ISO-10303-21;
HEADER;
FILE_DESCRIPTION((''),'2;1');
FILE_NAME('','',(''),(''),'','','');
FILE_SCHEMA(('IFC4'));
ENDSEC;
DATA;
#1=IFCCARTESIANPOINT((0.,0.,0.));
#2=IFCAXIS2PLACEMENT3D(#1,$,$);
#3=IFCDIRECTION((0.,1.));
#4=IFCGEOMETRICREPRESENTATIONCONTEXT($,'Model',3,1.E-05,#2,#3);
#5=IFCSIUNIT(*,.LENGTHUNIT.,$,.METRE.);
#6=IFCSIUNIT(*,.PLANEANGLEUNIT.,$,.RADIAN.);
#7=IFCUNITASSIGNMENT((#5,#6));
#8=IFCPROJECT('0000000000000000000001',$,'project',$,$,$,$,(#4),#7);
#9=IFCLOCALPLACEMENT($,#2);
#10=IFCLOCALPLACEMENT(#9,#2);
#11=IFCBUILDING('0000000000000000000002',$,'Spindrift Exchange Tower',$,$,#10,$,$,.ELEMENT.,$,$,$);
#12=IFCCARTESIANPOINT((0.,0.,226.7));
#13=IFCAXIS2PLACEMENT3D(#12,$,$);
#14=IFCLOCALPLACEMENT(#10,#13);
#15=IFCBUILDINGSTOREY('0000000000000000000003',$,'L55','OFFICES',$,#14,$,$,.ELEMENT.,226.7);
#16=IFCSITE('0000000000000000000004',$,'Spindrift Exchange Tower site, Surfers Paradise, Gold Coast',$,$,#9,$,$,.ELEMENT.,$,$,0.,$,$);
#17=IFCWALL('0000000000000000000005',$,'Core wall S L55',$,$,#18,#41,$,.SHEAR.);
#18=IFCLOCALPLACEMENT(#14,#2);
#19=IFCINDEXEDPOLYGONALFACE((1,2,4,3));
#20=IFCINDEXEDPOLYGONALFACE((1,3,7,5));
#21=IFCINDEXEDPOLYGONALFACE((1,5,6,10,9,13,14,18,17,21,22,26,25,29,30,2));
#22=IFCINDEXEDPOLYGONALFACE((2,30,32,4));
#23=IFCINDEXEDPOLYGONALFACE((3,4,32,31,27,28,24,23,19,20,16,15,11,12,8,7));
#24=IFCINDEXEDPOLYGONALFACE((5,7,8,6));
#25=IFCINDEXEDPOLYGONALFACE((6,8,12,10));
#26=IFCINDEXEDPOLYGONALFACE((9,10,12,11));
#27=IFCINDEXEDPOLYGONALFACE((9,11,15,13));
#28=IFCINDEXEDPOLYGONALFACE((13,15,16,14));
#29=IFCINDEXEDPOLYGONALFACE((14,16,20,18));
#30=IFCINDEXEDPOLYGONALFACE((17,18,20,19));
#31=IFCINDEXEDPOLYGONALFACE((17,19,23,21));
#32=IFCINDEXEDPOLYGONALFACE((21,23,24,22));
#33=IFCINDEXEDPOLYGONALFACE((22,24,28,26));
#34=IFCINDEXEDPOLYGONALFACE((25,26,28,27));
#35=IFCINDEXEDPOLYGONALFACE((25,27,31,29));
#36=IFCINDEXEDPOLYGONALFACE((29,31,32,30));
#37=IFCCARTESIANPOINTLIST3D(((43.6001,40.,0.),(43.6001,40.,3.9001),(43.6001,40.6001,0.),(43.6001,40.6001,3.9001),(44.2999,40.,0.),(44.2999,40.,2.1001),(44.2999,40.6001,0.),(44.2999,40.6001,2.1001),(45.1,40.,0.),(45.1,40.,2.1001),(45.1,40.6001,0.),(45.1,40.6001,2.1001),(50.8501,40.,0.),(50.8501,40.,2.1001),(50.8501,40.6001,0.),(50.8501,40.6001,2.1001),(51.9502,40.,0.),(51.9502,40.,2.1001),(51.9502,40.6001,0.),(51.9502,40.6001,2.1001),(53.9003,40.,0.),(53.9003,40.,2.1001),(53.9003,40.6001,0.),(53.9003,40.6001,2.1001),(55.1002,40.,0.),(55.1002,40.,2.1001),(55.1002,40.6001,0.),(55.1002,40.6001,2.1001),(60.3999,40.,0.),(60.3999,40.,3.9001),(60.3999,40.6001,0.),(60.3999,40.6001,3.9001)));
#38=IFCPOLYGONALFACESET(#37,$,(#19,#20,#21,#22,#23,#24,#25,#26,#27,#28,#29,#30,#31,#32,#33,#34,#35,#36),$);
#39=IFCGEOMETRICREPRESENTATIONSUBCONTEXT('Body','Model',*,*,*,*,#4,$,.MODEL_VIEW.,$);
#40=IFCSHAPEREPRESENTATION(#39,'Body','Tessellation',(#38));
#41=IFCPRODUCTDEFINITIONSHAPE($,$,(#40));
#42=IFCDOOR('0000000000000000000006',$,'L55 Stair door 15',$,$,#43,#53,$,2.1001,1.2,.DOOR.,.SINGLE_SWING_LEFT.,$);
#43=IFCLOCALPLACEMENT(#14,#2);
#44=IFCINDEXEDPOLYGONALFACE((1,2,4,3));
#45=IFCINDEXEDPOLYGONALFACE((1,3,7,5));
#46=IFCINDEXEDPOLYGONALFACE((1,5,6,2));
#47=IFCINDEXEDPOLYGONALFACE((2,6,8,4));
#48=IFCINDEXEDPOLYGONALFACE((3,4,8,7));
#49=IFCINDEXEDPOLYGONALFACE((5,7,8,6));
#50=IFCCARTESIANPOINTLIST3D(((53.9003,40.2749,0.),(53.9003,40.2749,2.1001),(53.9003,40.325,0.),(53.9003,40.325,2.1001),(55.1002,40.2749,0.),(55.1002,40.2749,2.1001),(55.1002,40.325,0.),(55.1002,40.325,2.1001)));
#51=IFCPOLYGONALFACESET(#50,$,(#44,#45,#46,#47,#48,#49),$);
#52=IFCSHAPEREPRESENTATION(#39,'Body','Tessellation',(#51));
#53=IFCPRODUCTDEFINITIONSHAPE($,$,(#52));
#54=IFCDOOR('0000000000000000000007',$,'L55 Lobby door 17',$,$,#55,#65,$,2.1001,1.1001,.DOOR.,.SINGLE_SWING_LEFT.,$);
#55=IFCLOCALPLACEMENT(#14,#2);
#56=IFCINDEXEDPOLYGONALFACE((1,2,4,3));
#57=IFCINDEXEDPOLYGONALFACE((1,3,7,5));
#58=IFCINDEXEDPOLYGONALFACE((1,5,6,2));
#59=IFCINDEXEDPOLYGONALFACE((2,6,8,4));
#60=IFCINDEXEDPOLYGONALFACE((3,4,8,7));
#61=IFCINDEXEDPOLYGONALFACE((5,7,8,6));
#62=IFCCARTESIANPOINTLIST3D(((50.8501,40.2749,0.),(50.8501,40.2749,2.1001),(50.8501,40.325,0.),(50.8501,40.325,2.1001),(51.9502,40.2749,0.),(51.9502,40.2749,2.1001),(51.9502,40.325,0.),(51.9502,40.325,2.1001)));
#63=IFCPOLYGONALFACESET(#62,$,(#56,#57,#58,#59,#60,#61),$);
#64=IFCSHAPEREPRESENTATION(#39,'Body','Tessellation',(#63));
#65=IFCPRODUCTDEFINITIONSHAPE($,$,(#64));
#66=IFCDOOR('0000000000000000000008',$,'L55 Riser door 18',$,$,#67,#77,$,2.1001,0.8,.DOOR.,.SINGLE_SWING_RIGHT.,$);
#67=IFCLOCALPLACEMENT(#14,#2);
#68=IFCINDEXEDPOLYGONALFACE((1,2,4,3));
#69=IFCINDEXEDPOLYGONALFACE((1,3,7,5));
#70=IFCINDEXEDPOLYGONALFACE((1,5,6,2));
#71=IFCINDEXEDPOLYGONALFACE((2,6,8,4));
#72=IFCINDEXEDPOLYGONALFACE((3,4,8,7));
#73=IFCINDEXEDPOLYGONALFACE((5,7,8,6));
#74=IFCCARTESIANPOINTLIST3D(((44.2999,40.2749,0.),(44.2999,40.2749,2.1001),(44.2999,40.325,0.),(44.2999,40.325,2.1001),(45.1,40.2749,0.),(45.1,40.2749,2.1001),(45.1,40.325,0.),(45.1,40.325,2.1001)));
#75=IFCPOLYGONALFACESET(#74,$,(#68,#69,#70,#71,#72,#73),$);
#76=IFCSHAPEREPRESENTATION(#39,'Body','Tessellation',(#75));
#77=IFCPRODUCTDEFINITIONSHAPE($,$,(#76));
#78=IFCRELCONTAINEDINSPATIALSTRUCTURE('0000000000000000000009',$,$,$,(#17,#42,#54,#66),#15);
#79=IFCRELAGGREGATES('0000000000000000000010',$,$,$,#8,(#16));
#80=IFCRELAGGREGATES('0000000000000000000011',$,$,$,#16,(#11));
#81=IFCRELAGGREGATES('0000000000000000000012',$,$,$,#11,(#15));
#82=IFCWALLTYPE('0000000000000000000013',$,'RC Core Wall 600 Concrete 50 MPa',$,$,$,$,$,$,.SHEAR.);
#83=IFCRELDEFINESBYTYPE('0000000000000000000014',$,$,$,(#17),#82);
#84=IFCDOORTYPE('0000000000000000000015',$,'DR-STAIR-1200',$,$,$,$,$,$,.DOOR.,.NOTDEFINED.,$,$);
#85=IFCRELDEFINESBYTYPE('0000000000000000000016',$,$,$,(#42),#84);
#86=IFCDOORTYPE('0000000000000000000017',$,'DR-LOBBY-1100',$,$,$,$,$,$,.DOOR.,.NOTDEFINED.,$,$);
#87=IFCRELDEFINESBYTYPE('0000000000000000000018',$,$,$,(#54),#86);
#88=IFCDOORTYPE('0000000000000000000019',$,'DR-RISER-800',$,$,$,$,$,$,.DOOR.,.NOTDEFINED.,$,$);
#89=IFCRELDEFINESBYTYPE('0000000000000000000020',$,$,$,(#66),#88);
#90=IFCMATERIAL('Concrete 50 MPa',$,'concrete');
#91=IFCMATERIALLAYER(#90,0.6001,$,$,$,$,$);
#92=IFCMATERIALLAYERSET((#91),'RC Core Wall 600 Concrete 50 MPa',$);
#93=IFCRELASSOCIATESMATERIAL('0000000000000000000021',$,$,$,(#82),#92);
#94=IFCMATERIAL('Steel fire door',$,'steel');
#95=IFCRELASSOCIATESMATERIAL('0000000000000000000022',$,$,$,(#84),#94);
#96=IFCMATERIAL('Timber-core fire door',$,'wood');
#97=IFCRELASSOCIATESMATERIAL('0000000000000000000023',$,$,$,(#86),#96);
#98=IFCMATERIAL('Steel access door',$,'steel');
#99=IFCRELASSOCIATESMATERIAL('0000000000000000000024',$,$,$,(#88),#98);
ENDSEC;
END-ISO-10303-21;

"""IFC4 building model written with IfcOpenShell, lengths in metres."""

from ifc_helpers import new_model, si_unit, direction, frame, frame_2d, origin, place, context, subcontext, project, spatial, rectangle, extrude, source, transform, mapped, material, layer, layer_set, type_object, element, fill, save


model = new_model("IFC4")

# Units and contexts
model_context = context("Model", 3, precision=1e-05, world=origin(), true_north=direction((0.0, 1.0)))
body_context = subcontext(model_context, "Body", "Model", "MODEL_VIEW")
ifc_project = project(units=[si_unit("LENGTHUNIT", "METRE"), si_unit("PLANEANGLEUNIT", "RADIAN")], contexts=[model_context])

# Site, building, storey
site_placement = place(None, origin())
site = spatial("IfcSite", under=ifc_project, at=site_placement, Name="Spindrift Exchange Tower site, Surfers Paradise, Gold Coast", CompositionType="ELEMENT", RefElevation=0.0)
building_placement = place(site_placement, origin())
building = spatial("IfcBuilding", under=site, at=building_placement, Name="Spindrift Exchange Tower", CompositionType="ELEMENT")
storey_placement = place(building_placement, frame((0.0, 0.0, 226.7)))
storey = spatial("IfcBuildingStorey", under=building, at=storey_placement, Name="L55", Description="OFFICES", CompositionType="ELEMENT", Elevation=226.7)

# Wall, openings, doors
ifc_material_1 = material(Name="Concrete 50 MPa", Category="concrete")
ifc_layer_1 = layer(ifc_material_1, 0.6001)
ifc_layer_set_1 = layer_set([ifc_layer_1], Name="RC Core Wall 600 Concrete 50 MPa")
wall_type_1 = type_object("IfcWallType", Name="RC Core Wall 600 Concrete 50 MPa", PredefinedType="SHEAR", material=ifc_layer_set_1)
wall_1_placement = place(storey_placement, frame((43.6001, 40.3, 0.0), z_axis=(0.0, 0.0, 1.0), x_axis=(1.0, 0.0, 0.0)))
wall_1 = element("IfcWall", 1, at=wall_1_placement, inside=storey, type_object=wall_type_1, Name="Core wall S L55", PredefinedType="SHEAR", context=body_context, shape_type="SweptSolid", body=[
    extrude(rectangle(XDim=16.7998, YDim=0.6001, at=frame_2d((8.3999, 0.0))), origin(), (0.0, 0.0, 1.0), 3.9001),
])
opening_1_placement = place(wall_1_placement, frame((10.3, 0.0, 0.0)))
opening_1 = element("IfcOpeningElement", 2, at=opening_1_placement, cuts=wall_1, PredefinedType="OPENING", context=body_context, shape_type="SweptSolid", body=[
    extrude(rectangle(XDim=1.2, YDim=2.1001, at=frame_2d((0.6001, 1.05))), frame((0.0, 0.3101, 0.0), z_axis=(0.0, -1.0, 0.0), x_axis=(1.0, 0.0, 0.0)), (0.0, 0.0, 1.0), 0.6201),
])
opening_2_placement = place(wall_1_placement, frame((7.25, 0.0, 0.0)))
opening_2 = element("IfcOpeningElement", 3, at=opening_2_placement, cuts=wall_1, PredefinedType="OPENING", context=body_context, shape_type="SweptSolid", body=[
    extrude(rectangle(XDim=1.1001, YDim=2.1001, at=frame_2d((0.55, 1.05))), frame((0.0, 0.3101, 0.0), z_axis=(0.0, -1.0, 0.0), x_axis=(1.0, 0.0, 0.0)), (0.0, 0.0, 1.0), 0.6201),
])
opening_3_placement = place(wall_1_placement, frame((0.7, 0.0, 0.0)))
opening_3 = element("IfcOpeningElement", 4, at=opening_3_placement, cuts=wall_1, PredefinedType="OPENING", context=body_context, shape_type="SweptSolid", body=[
    extrude(rectangle(XDim=0.8, YDim=2.1001, at=frame_2d((0.3999, 1.05))), frame((0.0, 0.3101, 0.0), z_axis=(0.0, -1.0, 0.0), x_axis=(1.0, 0.0, 0.0)), (0.0, 0.0, 1.0), 0.6201),
])
ifc_material_2 = material(Name="Steel fire door", Category="steel")
door_type_1 = type_object("IfcDoorType", Name="DR-STAIR-1200", OperationType="NOTDEFINED", PredefinedType="DOOR", material=ifc_material_2)
shared_shape_1 = source(origin(), body_context, "Body", "SweptSolid", [
    extrude(rectangle(XDim=1.2, YDim=2.1001, at=frame_2d((0.6001, 1.05))), frame((0.0, 0.0249, 0.0), z_axis=(0.0, -1.0, 0.0), x_axis=(1.0, 0.0, 0.0)), (0.0, 0.0, 1.0), 0.05),
])
door_1_placement = place(opening_1_placement, origin())
door_1 = element("IfcDoor", 5, at=door_1_placement, inside=storey, type_object=door_type_1, Name="L55 Stair door 15", OperationType="SINGLE_SWING_LEFT", OverallHeight=2.1001, OverallWidth=1.2, PredefinedType="DOOR", context=body_context, shape_type="MappedRepresentation", body=[
    mapped(shared_shape_1, transform((0.0, 0.0, 0.0), scale=1.0)),
])
fill(opening_1, door_1)
ifc_material_3 = material(Name="Timber-core fire door", Category="wood")
door_type_2 = type_object("IfcDoorType", Name="DR-LOBBY-1100", OperationType="NOTDEFINED", PredefinedType="DOOR", material=ifc_material_3)
shared_shape_2 = source(origin(), body_context, "Body", "SweptSolid", [
    extrude(rectangle(XDim=1.1001, YDim=2.1001, at=frame_2d((0.55, 1.05))), frame((0.0, 0.0249, 0.0), z_axis=(0.0, -1.0, 0.0), x_axis=(1.0, 0.0, 0.0)), (0.0, 0.0, 1.0), 0.05),
])
door_2_placement = place(opening_2_placement, origin())
door_2 = element("IfcDoor", 6, at=door_2_placement, inside=storey, type_object=door_type_2, Name="L55 Lobby door 17", OperationType="SINGLE_SWING_LEFT", OverallHeight=2.1001, OverallWidth=1.1001, PredefinedType="DOOR", context=body_context, shape_type="MappedRepresentation", body=[
    mapped(shared_shape_2, transform((0.0, 0.0, 0.0), scale=1.0)),
])
fill(opening_2, door_2)
ifc_material_4 = material(Name="Steel access door", Category="steel")
door_type_3 = type_object("IfcDoorType", Name="DR-RISER-800", OperationType="NOTDEFINED", PredefinedType="DOOR", material=ifc_material_4)
shared_shape_3 = source(origin(), body_context, "Body", "SweptSolid", [
    extrude(rectangle(XDim=0.8, YDim=2.1001, at=frame_2d((0.3999, 1.05))), frame((0.0, 0.0249, 0.0), z_axis=(0.0, -1.0, 0.0), x_axis=(1.0, 0.0, 0.0)), (0.0, 0.0, 1.0), 0.05),
])
door_3_placement = place(opening_3_placement, origin())
door_3 = element("IfcDoor", 7, at=door_3_placement, inside=storey, type_object=door_type_3, Name="L55 Riser door 18", OperationType="SINGLE_SWING_RIGHT", OverallHeight=2.1001, OverallWidth=0.8, PredefinedType="DOOR", context=body_context, shape_type="MappedRepresentation", body=[
    mapped(shared_shape_3, transform((0.0, 0.0, 0.0), scale=1.0)),
])
fill(opening_3, door_3)

save(model, "model.ifc")
